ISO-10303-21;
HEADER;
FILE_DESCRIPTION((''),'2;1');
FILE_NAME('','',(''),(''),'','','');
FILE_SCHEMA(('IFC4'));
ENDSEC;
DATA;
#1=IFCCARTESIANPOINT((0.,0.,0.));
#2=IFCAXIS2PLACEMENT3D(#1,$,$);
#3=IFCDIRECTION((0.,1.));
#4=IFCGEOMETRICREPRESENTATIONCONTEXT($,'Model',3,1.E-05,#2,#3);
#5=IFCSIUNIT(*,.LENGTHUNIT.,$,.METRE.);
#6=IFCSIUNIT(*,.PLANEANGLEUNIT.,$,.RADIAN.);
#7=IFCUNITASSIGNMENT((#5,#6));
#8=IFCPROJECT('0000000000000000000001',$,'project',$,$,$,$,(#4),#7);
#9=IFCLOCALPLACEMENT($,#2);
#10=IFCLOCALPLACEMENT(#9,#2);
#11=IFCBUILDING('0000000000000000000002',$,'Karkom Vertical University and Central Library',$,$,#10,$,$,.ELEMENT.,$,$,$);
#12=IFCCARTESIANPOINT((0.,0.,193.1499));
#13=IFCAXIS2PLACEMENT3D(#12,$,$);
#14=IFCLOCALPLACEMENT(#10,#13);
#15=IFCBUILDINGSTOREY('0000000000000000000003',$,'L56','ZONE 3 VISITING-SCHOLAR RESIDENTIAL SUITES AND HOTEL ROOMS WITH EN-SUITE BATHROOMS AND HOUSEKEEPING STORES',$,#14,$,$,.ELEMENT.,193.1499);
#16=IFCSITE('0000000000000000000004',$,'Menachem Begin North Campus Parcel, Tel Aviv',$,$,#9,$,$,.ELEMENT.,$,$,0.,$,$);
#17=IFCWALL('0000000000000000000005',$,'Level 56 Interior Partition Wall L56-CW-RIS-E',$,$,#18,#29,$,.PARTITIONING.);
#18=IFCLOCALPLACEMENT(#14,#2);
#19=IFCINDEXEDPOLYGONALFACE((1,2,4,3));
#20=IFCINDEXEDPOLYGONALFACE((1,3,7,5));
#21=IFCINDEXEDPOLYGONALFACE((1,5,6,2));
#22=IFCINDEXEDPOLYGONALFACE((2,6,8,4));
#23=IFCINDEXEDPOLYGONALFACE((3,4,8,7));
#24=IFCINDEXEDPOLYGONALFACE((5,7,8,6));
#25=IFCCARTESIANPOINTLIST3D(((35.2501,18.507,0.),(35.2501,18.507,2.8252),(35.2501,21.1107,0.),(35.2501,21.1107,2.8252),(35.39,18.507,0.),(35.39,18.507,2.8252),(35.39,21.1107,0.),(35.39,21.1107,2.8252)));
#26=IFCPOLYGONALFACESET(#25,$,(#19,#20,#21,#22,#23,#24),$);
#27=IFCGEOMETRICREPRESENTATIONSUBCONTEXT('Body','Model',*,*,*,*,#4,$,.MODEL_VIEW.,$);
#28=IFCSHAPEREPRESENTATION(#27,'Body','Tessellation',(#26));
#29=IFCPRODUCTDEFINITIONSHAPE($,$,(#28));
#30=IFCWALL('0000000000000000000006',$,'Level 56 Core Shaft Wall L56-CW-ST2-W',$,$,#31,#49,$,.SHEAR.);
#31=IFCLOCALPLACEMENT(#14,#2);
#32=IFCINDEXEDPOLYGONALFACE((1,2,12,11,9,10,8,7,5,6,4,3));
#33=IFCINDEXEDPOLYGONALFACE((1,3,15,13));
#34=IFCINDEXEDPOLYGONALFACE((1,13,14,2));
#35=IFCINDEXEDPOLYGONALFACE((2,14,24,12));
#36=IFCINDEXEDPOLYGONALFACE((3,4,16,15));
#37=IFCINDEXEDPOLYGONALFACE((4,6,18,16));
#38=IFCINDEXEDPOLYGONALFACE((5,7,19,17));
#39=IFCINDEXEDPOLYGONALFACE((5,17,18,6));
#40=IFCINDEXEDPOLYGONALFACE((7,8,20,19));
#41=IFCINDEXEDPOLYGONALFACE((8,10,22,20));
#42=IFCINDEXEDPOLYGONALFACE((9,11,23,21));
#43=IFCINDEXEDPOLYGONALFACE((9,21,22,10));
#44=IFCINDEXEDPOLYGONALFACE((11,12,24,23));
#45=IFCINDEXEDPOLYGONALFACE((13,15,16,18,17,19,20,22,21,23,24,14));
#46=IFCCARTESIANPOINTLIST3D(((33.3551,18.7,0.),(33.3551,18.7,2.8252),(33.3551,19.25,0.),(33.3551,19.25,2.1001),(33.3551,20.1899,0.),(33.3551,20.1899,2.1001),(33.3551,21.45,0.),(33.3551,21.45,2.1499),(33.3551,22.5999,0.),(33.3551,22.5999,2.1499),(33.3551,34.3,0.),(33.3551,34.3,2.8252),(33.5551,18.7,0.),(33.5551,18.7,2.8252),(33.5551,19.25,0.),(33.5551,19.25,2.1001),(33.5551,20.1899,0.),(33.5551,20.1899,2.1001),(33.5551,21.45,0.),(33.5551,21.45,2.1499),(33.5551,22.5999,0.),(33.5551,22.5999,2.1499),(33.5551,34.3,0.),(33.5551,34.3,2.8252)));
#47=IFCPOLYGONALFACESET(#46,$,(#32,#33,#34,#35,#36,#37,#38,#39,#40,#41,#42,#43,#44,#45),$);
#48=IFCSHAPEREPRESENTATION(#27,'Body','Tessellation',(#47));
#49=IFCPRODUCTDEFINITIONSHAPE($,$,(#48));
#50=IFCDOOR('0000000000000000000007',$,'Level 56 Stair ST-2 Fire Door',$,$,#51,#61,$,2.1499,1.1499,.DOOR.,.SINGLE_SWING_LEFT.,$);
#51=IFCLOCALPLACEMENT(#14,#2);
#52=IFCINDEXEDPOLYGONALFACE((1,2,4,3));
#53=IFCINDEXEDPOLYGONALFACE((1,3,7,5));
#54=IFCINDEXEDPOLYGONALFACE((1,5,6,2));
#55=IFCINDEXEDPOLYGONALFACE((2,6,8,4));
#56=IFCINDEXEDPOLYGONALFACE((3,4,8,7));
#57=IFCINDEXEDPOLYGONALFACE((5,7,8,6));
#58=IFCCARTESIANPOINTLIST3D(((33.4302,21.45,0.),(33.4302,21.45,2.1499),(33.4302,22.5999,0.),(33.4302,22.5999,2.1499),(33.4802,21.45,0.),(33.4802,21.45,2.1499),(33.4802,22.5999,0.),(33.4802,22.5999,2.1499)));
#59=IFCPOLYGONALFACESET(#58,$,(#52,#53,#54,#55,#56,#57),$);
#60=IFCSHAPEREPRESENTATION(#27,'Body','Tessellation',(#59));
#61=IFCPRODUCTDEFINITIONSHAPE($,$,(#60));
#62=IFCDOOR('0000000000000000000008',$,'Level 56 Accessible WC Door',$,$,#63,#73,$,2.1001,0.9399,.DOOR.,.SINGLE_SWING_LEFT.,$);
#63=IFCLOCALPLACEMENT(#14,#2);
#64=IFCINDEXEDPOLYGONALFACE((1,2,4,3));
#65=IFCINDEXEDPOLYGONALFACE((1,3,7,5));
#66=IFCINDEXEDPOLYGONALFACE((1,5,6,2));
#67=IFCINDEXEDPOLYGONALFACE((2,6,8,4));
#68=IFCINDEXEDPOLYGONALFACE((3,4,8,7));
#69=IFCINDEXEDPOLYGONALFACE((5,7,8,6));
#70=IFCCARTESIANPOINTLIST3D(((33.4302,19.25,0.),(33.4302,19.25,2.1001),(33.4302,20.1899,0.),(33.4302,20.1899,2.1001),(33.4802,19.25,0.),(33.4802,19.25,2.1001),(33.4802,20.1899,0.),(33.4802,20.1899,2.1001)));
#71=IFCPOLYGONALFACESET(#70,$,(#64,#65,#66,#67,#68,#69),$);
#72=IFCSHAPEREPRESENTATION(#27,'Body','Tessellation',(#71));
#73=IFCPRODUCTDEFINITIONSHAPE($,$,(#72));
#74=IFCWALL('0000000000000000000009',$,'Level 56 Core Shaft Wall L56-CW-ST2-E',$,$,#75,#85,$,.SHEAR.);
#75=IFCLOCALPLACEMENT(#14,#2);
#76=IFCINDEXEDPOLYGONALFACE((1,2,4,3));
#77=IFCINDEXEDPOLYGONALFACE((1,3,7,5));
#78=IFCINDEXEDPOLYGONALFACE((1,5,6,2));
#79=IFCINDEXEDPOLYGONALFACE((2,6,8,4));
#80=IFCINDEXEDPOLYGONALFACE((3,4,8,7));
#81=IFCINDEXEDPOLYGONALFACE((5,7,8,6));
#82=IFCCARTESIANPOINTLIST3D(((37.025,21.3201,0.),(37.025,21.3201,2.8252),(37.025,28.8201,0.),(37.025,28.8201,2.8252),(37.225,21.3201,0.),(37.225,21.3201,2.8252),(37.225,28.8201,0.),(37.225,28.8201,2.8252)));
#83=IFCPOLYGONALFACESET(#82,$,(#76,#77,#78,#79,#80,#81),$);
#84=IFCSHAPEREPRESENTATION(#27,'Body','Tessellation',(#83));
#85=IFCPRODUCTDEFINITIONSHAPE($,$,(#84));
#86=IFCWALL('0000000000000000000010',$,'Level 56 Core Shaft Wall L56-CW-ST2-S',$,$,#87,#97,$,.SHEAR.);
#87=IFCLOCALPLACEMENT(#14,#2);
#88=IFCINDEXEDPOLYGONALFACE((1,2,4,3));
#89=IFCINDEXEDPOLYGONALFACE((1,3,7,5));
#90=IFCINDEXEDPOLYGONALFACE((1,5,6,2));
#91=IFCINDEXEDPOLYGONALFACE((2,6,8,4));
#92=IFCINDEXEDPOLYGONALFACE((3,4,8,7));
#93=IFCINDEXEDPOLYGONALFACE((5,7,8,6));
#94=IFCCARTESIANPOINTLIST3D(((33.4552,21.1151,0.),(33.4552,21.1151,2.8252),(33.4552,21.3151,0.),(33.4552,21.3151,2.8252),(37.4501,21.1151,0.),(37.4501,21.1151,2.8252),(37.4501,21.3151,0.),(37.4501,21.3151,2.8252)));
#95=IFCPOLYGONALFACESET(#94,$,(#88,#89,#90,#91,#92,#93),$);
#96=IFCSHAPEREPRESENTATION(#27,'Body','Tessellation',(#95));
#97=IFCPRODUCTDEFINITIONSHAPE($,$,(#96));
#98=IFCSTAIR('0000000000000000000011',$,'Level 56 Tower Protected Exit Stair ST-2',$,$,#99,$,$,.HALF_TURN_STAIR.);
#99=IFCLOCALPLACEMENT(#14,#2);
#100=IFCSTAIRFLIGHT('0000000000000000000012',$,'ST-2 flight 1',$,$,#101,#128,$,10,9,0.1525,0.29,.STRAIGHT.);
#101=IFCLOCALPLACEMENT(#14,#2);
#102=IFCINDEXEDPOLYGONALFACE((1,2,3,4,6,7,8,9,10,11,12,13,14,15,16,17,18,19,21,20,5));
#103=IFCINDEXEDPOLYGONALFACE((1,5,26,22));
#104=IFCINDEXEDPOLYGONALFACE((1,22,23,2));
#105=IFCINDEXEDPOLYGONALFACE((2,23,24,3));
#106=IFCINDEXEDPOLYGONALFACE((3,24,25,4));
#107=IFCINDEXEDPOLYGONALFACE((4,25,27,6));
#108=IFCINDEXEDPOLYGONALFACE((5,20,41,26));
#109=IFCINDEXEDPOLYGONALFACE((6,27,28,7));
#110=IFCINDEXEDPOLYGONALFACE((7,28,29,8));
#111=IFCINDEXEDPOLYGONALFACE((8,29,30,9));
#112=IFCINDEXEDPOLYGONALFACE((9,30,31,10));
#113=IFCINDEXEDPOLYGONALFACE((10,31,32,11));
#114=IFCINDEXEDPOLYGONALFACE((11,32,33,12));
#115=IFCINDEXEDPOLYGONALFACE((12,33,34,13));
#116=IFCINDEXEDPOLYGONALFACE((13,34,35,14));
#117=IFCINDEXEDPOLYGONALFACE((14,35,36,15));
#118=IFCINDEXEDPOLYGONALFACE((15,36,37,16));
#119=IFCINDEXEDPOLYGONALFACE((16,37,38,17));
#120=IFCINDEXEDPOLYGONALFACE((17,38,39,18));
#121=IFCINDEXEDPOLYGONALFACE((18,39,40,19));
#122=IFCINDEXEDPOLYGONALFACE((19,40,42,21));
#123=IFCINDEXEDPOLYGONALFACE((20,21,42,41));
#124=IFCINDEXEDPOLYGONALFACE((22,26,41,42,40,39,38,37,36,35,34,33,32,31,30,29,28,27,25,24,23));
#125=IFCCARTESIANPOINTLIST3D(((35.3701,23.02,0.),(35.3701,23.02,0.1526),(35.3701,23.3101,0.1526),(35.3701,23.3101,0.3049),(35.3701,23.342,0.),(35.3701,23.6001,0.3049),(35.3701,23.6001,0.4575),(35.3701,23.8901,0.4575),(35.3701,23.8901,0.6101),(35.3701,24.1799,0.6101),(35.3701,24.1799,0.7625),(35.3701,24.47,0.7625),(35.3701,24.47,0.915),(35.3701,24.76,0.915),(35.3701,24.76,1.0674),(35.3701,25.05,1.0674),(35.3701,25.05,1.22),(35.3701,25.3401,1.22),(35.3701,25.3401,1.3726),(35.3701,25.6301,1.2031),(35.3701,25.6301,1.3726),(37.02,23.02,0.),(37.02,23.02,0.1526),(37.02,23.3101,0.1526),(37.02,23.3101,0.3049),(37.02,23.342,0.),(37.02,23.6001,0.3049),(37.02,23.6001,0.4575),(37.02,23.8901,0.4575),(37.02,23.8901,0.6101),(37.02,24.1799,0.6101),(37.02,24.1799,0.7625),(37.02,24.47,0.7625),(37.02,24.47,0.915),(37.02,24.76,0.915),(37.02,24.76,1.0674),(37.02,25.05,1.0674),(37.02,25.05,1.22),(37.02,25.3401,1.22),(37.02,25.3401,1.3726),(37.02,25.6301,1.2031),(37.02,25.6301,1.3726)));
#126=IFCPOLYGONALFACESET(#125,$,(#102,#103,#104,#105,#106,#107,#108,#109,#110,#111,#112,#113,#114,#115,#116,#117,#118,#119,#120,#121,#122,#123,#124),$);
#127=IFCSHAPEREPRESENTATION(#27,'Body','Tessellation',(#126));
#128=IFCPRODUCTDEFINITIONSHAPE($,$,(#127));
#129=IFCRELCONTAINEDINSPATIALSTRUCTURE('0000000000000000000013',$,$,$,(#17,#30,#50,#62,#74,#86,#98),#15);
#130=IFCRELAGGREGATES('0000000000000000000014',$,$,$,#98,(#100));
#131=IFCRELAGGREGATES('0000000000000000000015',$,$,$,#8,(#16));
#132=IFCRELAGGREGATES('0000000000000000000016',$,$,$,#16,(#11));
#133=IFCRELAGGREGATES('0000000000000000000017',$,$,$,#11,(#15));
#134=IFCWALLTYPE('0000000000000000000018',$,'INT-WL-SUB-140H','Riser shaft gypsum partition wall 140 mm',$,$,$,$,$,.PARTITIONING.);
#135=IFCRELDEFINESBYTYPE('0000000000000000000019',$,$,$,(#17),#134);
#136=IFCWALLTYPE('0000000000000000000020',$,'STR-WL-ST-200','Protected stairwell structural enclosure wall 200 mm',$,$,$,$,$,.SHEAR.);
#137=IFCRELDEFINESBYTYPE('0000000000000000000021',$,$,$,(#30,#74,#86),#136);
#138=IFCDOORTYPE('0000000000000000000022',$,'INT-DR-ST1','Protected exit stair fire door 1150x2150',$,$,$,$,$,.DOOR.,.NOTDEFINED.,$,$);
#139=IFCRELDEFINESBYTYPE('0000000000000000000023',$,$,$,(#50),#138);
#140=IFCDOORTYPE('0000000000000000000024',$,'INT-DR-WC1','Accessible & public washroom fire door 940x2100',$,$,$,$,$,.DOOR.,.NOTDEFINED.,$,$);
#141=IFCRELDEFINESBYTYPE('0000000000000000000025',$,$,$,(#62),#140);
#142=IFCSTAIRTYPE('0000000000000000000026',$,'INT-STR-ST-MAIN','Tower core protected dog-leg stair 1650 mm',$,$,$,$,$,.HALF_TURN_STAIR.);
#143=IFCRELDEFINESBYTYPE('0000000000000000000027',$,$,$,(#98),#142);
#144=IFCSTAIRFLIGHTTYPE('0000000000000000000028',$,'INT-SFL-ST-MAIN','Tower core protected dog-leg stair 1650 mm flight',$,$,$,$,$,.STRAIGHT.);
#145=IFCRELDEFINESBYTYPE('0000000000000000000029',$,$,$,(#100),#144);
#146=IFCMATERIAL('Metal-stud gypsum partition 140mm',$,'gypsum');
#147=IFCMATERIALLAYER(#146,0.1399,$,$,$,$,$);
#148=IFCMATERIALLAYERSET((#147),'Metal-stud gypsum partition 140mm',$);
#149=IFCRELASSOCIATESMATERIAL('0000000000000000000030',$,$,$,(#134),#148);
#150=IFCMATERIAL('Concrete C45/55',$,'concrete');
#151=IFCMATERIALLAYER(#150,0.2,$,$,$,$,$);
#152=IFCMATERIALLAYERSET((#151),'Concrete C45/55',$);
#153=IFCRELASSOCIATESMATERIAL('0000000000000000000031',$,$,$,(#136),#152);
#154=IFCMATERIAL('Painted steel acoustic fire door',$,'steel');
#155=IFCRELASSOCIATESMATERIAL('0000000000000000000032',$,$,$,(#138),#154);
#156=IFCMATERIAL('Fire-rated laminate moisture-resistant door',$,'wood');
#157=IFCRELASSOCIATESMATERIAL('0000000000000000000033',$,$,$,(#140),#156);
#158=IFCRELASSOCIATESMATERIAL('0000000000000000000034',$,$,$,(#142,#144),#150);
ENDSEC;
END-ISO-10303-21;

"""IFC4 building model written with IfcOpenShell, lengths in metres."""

from ifc_helpers import new_model, si_unit, direction, frame, frame_2d, origin, origin_with_axes, place, context, subcontext, project, spatial, polyline, rectangle, outline, extrude, source, transform, mapped, material, layer, layer_set, type_object, element, fill, aggregate, save


model = new_model("IFC4")

# Units and contexts
model_context = context("Model", 3, precision=1e-05, world=origin(), true_north=direction((0.0, 1.0)))
body_context = subcontext(model_context, "Body", "Model", "MODEL_VIEW")
ifc_project = project(units=[si_unit("LENGTHUNIT", "METRE"), si_unit("PLANEANGLEUNIT", "RADIAN")], contexts=[model_context])

# Site, building, storey
site_placement = place(None, origin())
site = spatial("IfcSite", under=ifc_project, at=site_placement, Name="Menachem Begin North Campus Parcel, Tel Aviv", CompositionType="ELEMENT", RefElevation=0.0)
building_placement = place(site_placement, origin())
building = spatial("IfcBuilding", under=site, at=building_placement, Name="Karkom Vertical University and Central Library", CompositionType="ELEMENT")
storey_placement = place(building_placement, frame((0.0, 0.0, 193.1499)))
storey = spatial("IfcBuildingStorey", under=building, at=storey_placement, Name="L56", Description="ZONE 3 VISITING-SCHOLAR RESIDENTIAL SUITES AND HOTEL ROOMS WITH EN-SUITE BATHROOMS AND HOUSEKEEPING STORES", CompositionType="ELEMENT", Elevation=193.1499)

# Shared definitions
ifc_material_1 = material(Name="Metal-stud gypsum partition 140mm", Category="gypsum")

# Wall
ifc_layer_1 = layer(ifc_material_1, 0.1399)
ifc_layer_set_1 = layer_set([ifc_layer_1], Name="Metal-stud gypsum partition 140mm")
wall_type_1 = type_object("IfcWallType", Name="INT-WL-SUB-140H", Description="Riser shaft gypsum partition wall 140 mm", PredefinedType="PARTITIONING", material=ifc_layer_set_1)
wall_1_placement = place(storey_placement, frame((35.3201, 18.5071, 0.0), z_axis=(0.0, 0.0, 1.0), x_axis=(0.0, 1.0, 0.0)))
element("IfcWall", 1, at=wall_1_placement, inside=storey, type_object=wall_type_1, Name="Level 56 Interior Partition Wall L56-CW-RIS-E", PredefinedType="PARTITIONING", context=body_context, shape_type="SweptSolid", body=[
    extrude(rectangle(XDim=2.6038, YDim=0.1399, at=frame_2d((1.3018, 0.0))), origin(), (0.0, 0.0, 1.0), 2.8252),
])

# Wall, openings, doors
ifc_material_2 = material(Name="Concrete C45/55", Category="concrete")
ifc_layer_2 = layer(ifc_material_2, 0.2)
ifc_layer_set_2 = layer_set([ifc_layer_2], Name="Concrete C45/55")
wall_type_2 = type_object("IfcWallType", Name="STR-WL-ST-200", Description="Protected stairwell structural enclosure wall 200 mm", PredefinedType="SHEAR", material=ifc_layer_set_2)
wall_2_placement = place(storey_placement, frame((33.4551, 18.7, 0.0), z_axis=(0.0, 0.0, 1.0), x_axis=(0.0, 1.0, 0.0)))
wall_2 = element("IfcWall", 2, at=wall_2_placement, inside=storey, type_object=wall_type_2, Name="Level 56 Core Shaft Wall L56-CW-ST2-W", PredefinedType="SHEAR", context=body_context, shape_type="SweptSolid", body=[
    extrude(rectangle(XDim=15.6001, YDim=0.2, at=frame_2d((7.8, 0.0))), origin(), (0.0, 0.0, 1.0), 2.8252),
])
opening_1_placement = place(wall_2_placement, frame((2.75, 0.0, 0.0)))
opening_1 = element("IfcOpeningElement", 3, at=opening_1_placement, cuts=wall_2, PredefinedType="OPENING", context=body_context, shape_type="SweptSolid", body=[
    extrude(rectangle(XDim=1.1499, YDim=2.1499, at=frame_2d((0.575, 1.075))), frame((0.0, 0.1099, 0.0), z_axis=(0.0, -1.0, 0.0), x_axis=(1.0, 0.0, 0.0)), (0.0, 0.0, 1.0), 0.22),
])
opening_2_placement = place(wall_2_placement, frame((0.55, 0.0, 0.0)))
opening_2 = element("IfcOpeningElement", 4, at=opening_2_placement, cuts=wall_2, PredefinedType="OPENING", context=body_context, shape_type="SweptSolid", body=[
    extrude(rectangle(XDim=0.9399, YDim=2.1001, at=frame_2d((0.47, 1.05))), frame((0.0, 0.1099, 0.0), z_axis=(0.0, -1.0, 0.0), x_axis=(1.0, 0.0, 0.0)), (0.0, 0.0, 1.0), 0.22),
])
ifc_material_3 = material(Name="Painted steel acoustic fire door", Category="steel")
door_type_1 = type_object("IfcDoorType", Name="INT-DR-ST1", Description="Protected exit stair fire door 1150x2150", OperationType="NOTDEFINED", PredefinedType="DOOR", material=ifc_material_3)
shared_shape_1 = source(origin_with_axes(), body_context, "Body", "SweptSolid", [
    extrude(rectangle(XDim=1.1499, YDim=2.1499, at=frame_2d((0.575, 1.075))), frame((0.0, 0.0249, 0.0), z_axis=(0.0, -1.0, 0.0), x_axis=(1.0, 0.0, 0.0)), (0.0, 0.0, 1.0), 0.05),
])
door_1_placement = place(opening_1_placement, origin())
door_1 = element("IfcDoor", 5, at=door_1_placement, inside=storey, type_object=door_type_1, Name="Level 56 Stair ST-2 Fire Door", OperationType="SINGLE_SWING_LEFT", OverallHeight=2.1499, OverallWidth=1.1499, PredefinedType="DOOR", context=body_context, shape_type="MappedRepresentation", body=[
    mapped(shared_shape_1, transform((0.0, 0.0, 0.0), scale=1.0)),
])
fill(opening_1, door_1)
ifc_material_4 = material(Name="Fire-rated laminate moisture-resistant door", Category="wood")
door_type_2 = type_object("IfcDoorType", Name="INT-DR-WC1", Description="Accessible & public washroom fire door 940x2100", OperationType="NOTDEFINED", PredefinedType="DOOR", material=ifc_material_4)
shared_shape_2 = source(origin_with_axes(), body_context, "Body", "SweptSolid", [
    extrude(rectangle(XDim=0.9399, YDim=2.1001, at=frame_2d((0.47, 1.05))), frame((0.0, 0.0249, 0.0), z_axis=(0.0, -1.0, 0.0), x_axis=(1.0, 0.0, 0.0)), (0.0, 0.0, 1.0), 0.05),
])
door_2_placement = place(opening_2_placement, origin())
door_2 = element("IfcDoor", 6, at=door_2_placement, inside=storey, type_object=door_type_2, Name="Level 56 Accessible WC Door", OperationType="SINGLE_SWING_LEFT", OverallHeight=2.1001, OverallWidth=0.9399, PredefinedType="DOOR", context=body_context, shape_type="MappedRepresentation", body=[
    mapped(shared_shape_2, transform((0.0, 0.0, 0.0), scale=1.0)),
])
fill(opening_2, door_2)

# Walls
wall_3_placement = place(storey_placement, frame((37.125, 21.3201, 0.0), z_axis=(0.0, 0.0, 1.0), x_axis=(0.0, 1.0, 0.0)))
element("IfcWall", 7, at=wall_3_placement, inside=storey, type_object=wall_type_2, Name="Level 56 Core Shaft Wall L56-CW-ST2-E", PredefinedType="SHEAR", context=body_context, shape_type="SweptSolid", body=[
    extrude(rectangle(XDim=7.5, YDim=0.2, at=frame_2d((3.75, 0.0))), origin(), (0.0, 0.0, 1.0), 2.8252),
])
wall_4_placement = place(storey_placement, frame((33.4551, 21.2151, 0.0), z_axis=(0.0, 0.0, 1.0), x_axis=(1.0, 0.0, 0.0)))
element("IfcWall", 8, at=wall_4_placement, inside=storey, type_object=wall_type_2, Name="Level 56 Core Shaft Wall L56-CW-ST2-S", PredefinedType="SHEAR", context=body_context, shape_type="SweptSolid", body=[
    extrude(rectangle(XDim=3.9949, YDim=0.2, at=frame_2d((1.9976, 0.0))), origin(), (0.0, 0.0, 1.0), 2.8252),
])

# Stair, stair flight
stair_type = type_object("IfcStairType", Name="INT-STR-ST-MAIN", Description="Tower core protected dog-leg stair 1650 mm", PredefinedType="HALF_TURN_STAIR", material=ifc_material_2)
stair_placement = place(storey_placement, origin())
stair = element("IfcStair", 9, at=stair_placement, inside=storey, type_object=stair_type, Name="Level 56 Tower Protected Exit Stair ST-2", PredefinedType="HALF_TURN_STAIR")
stair_flight_type = type_object("IfcStairFlightType", Name="INT-SFL-ST-MAIN", Description="Tower core protected dog-leg stair 1650 mm flight", PredefinedType="STRAIGHT", material=ifc_material_2)
stair_flight_placement = place(storey_placement, frame((36.1951, 23.02, 0.0), z_axis=(0.0, 0.0, 1.0), x_axis=(0.0, 1.0, 0.0)))
stair_flight = element("IfcStairFlight", 10, at=stair_flight_placement, type_object=stair_flight_type, Name="ST-2 flight 1", NumberOfRisers=10, NumberOfTreads=9, PredefinedType="STRAIGHT", RiserHeight=0.1525, TreadLength=0.29, context=body_context, shape_type="SweptSolid", body=[
    extrude(outline(polyline([(0.0, 0.0), (0.0, 0.1526), (0.29, 0.1526), (0.29, 0.3049), (0.5801, 0.3049), (0.5801, 0.4575), (0.8701, 0.4575), (0.8701, 0.6101), (1.1599, 0.6101), (1.1599, 0.7625), (1.45, 0.7625), (1.45, 0.915), (1.74, 0.915), (1.74, 1.0674), (2.03, 1.0674), (2.03, 1.22), (2.3201, 1.22), (2.3201, 1.3726), (2.6101, 1.3726), (2.6101, 1.5249), (2.6101, 1.2031), (0.322, 0.0), (0.0, 0.0)])), frame((0.0, 0.825, 0.0), z_axis=(0.0, -1.0, 0.0), x_axis=(1.0, 0.0, 0.0)), (0.0, 0.0, 1.0), 1.6499),
])
aggregate(stair, [stair_flight])

save(model, "model.ifc")
